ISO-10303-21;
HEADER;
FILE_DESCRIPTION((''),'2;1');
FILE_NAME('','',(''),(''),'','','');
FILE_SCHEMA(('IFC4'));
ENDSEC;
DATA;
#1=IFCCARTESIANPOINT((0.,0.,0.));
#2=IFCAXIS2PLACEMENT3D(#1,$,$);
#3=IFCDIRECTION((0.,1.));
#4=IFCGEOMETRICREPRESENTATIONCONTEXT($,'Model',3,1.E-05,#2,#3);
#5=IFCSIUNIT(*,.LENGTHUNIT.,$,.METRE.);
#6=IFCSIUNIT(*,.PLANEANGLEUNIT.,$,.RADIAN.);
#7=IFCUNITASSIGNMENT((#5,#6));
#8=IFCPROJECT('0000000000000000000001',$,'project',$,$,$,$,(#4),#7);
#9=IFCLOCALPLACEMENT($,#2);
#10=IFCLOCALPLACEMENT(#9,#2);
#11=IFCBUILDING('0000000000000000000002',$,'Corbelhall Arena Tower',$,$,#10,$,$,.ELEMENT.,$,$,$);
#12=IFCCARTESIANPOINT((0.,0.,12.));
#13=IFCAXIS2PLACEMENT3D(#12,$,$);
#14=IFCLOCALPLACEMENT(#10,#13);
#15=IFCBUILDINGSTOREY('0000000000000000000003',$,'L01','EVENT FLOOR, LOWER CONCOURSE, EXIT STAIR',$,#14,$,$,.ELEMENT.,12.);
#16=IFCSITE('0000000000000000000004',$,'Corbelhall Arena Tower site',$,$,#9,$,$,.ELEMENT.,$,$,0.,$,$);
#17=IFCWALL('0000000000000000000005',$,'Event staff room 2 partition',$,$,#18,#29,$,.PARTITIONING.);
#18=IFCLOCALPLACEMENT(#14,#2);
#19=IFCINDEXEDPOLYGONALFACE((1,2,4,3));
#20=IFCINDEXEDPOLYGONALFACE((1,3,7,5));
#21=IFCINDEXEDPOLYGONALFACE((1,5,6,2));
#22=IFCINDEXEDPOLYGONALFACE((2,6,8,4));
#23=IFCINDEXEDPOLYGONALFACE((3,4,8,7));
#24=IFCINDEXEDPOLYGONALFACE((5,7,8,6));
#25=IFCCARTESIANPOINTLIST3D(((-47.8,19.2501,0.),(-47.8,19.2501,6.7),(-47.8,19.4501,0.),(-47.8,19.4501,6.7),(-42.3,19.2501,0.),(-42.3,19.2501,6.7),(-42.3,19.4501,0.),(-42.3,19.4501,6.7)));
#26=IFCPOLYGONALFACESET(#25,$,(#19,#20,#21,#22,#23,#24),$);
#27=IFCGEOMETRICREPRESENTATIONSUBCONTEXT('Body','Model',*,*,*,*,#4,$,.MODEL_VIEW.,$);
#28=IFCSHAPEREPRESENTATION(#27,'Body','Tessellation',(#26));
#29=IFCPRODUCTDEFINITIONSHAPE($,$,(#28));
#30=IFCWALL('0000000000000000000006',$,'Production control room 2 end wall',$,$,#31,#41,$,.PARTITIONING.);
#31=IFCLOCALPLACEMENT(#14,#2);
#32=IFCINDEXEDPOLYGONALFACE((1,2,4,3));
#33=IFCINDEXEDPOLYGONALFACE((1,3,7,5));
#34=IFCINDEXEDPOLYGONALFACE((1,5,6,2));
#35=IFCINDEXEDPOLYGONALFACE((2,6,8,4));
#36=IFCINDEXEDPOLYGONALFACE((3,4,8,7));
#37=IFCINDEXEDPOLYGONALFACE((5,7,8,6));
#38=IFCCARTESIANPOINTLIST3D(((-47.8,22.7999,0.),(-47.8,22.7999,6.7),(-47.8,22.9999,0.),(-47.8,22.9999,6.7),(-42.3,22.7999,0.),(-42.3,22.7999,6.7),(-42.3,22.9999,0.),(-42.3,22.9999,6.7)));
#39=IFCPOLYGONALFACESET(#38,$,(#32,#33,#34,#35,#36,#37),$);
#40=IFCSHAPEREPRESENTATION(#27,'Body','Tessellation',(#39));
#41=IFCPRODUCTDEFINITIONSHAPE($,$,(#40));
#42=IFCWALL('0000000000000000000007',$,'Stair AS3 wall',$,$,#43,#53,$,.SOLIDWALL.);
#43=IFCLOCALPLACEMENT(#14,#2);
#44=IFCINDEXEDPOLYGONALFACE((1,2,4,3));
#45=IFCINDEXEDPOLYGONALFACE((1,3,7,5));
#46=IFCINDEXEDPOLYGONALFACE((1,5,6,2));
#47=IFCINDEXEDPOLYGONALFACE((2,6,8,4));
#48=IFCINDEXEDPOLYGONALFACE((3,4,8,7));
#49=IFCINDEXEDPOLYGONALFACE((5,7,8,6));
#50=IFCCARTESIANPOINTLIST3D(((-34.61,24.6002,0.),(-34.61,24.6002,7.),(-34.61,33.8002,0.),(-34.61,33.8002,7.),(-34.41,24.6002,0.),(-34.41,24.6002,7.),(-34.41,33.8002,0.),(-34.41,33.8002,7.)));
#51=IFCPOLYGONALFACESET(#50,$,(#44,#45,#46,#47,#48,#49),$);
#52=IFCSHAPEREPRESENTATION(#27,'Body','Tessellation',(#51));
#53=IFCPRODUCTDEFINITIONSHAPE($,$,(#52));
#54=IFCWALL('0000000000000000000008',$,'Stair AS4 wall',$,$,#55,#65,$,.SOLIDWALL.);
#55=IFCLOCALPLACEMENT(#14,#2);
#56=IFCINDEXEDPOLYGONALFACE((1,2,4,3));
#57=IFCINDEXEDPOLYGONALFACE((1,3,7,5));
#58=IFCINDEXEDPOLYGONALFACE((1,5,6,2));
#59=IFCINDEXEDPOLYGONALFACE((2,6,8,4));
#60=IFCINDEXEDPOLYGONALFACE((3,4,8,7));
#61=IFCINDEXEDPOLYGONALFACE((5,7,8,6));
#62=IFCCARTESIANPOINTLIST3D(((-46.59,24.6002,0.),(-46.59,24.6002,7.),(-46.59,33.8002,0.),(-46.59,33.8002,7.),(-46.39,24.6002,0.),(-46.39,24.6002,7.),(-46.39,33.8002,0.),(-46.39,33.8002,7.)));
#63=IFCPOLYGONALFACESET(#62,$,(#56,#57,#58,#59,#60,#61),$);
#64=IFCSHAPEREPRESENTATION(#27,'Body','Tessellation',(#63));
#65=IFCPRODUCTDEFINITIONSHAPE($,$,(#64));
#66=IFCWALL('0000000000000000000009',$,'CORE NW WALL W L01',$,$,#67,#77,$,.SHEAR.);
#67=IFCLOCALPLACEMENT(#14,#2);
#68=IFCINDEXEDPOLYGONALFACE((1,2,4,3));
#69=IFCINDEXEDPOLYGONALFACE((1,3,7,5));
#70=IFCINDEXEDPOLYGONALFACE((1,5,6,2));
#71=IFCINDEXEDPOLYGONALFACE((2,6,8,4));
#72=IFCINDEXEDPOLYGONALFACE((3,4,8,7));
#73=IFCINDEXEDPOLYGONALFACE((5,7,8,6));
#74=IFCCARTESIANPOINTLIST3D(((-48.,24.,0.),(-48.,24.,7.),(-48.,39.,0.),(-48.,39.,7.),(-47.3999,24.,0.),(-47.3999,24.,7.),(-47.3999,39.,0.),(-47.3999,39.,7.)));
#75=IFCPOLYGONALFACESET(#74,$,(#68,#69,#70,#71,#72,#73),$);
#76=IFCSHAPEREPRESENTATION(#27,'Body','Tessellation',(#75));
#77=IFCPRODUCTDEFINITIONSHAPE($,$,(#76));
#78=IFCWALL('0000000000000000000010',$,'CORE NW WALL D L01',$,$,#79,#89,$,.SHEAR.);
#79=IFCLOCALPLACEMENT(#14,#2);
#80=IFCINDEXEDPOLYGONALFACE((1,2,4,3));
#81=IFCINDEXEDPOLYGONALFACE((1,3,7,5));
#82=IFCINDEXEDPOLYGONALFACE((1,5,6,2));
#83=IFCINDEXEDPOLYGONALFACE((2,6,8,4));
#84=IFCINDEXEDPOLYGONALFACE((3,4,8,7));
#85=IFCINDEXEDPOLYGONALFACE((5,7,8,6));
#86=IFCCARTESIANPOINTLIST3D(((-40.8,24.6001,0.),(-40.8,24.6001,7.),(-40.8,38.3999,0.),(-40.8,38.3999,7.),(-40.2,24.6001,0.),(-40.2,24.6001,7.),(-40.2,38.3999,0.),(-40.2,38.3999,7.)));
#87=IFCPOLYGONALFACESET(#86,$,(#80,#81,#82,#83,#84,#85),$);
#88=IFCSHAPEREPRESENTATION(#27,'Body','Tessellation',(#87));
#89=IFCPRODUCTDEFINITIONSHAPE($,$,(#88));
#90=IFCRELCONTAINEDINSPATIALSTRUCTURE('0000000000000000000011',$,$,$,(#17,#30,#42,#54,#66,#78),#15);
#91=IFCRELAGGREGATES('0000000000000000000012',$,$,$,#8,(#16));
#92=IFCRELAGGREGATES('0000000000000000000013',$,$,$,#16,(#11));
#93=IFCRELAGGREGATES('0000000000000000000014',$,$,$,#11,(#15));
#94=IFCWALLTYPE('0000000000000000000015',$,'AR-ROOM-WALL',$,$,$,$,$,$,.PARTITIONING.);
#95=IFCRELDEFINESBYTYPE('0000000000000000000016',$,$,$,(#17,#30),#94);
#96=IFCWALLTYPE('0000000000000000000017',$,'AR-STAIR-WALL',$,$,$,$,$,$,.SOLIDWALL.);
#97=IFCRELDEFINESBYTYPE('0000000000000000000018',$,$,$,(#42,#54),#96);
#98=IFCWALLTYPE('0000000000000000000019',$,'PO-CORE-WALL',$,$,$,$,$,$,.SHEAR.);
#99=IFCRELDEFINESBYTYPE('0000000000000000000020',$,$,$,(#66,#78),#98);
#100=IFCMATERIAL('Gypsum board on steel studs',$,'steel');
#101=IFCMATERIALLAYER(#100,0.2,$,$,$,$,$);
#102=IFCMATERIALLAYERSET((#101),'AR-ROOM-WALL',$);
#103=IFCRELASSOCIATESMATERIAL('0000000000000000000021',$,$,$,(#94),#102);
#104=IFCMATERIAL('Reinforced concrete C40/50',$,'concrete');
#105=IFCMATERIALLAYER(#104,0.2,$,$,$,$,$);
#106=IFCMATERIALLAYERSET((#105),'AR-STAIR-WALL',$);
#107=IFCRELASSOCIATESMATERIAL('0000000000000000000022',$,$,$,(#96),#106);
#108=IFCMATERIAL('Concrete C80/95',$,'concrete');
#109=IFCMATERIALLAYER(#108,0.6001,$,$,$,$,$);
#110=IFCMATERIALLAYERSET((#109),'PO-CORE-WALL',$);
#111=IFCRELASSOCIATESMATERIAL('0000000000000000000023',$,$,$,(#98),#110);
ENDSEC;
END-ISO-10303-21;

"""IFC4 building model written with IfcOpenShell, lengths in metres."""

from ifc_helpers import new_model, si_unit, direction, frame, frame_2d, origin, place, context, subcontext, project, spatial, rectangle, extrude, material, layer, layer_set, type_object, element, save


model = new_model("IFC4")

# Units and contexts
model_context = context("Model", 3, precision=1e-05, world=origin(), true_north=direction((0.0, 1.0)))
body_context = subcontext(model_context, "Body", "Model", "MODEL_VIEW")
ifc_project = project(units=[si_unit("LENGTHUNIT", "METRE"), si_unit("PLANEANGLEUNIT", "RADIAN")], contexts=[model_context])

# Site, building, storey
site_placement = place(None, origin())
site = spatial("IfcSite", under=ifc_project, at=site_placement, Name="Corbelhall Arena Tower site", CompositionType="ELEMENT", RefElevation=0.0)
building_placement = place(site_placement, origin())
building = spatial("IfcBuilding", under=site, at=building_placement, Name="Corbelhall Arena Tower", CompositionType="ELEMENT")
storey_placement = place(building_placement, frame((0.0, 0.0, 12.0)))
storey = spatial("IfcBuildingStorey", under=building, at=storey_placement, Name="L01", Description="EVENT FLOOR, LOWER CONCOURSE, EXIT STAIR", CompositionType="ELEMENT", Elevation=12.0)

# Walls
ifc_material_1 = material(Name="Gypsum board on steel studs", Category="steel")
ifc_layer_1 = layer(ifc_material_1, 0.2)
ifc_layer_set_1 = layer_set([ifc_layer_1], Name="AR-ROOM-WALL")
wall_type_1 = type_object("IfcWallType", Name="AR-ROOM-WALL", PredefinedType="PARTITIONING", material=ifc_layer_set_1)
for number, where, z_axis, x_axis, name in (
    (1, (-47.8, 19.3501, 0.0), (0.0, 0.0, 1.0), (1.0, 0.0, 0.0), "Event staff room 2 partition"),
    (2, (-42.3, 22.8999, 0.0), (0.0, 0.0, 1.0), (-1.0, 0.0, 0.0), "Production control room 2 end wall"),
):
    element("IfcWall", number, at=place(storey_placement, frame(where, z_axis=z_axis, x_axis=x_axis)), inside=storey, type_object=wall_type_1, Name=name, PredefinedType="PARTITIONING", context=body_context, shape_type="SweptSolid", body=[
        extrude(rectangle(XDim=5.5, YDim=0.2, at=frame_2d((2.75, 0.0))), origin(), (0.0, 0.0, 1.0), 6.7),
    ])

# Walls
ifc_material_2 = material(Name="Reinforced concrete C40/50", Category="concrete")
ifc_layer_2 = layer(ifc_material_2, 0.2)
ifc_layer_set_2 = layer_set([ifc_layer_2], Name="AR-STAIR-WALL")
wall_type_2 = type_object("IfcWallType", Name="AR-STAIR-WALL", PredefinedType="SOLIDWALL", material=ifc_layer_set_2)
for number, where, z_axis, x_axis, name in (
    (3, (-34.51, 24.6001, 0.0), (0.0, 0.0, 1.0), (0.0, 1.0, 0.0), "Stair AS3 wall"),
    (4, (-46.49, 24.6001, 0.0), (0.0, 0.0, 1.0), (0.0, 1.0, 0.0), "Stair AS4 wall"),
):
    element("IfcWall", number, at=place(storey_placement, frame(where, z_axis=z_axis, x_axis=x_axis)), inside=storey, type_object=wall_type_2, Name=name, PredefinedType="SOLIDWALL", context=body_context, shape_type="SweptSolid", body=[
        extrude(rectangle(XDim=9.2, YDim=0.2, at=frame_2d((4.6001, 0.0))), origin(), (0.0, 0.0, 1.0), 7.0),
    ])

# Shared definitions
ifc_material_3 = material(Name="Concrete C80/95", Category="concrete")
ifc_layer_3 = layer(ifc_material_3, 0.6001)
ifc_layer_set_3 = layer_set([ifc_layer_3], Name="PO-CORE-WALL")
wall_type_3 = type_object("IfcWallType", Name="PO-CORE-WALL", PredefinedType="SHEAR", material=ifc_layer_set_3)

# Wall
wall_1_placement = place(storey_placement, frame((-47.7, 24.0, 0.0), z_axis=(0.0, 0.0, 1.0), x_axis=(0.0, 1.0, 0.0)))
element("IfcWall", 5, at=wall_1_placement, inside=storey, type_object=wall_type_3, Name="CORE NW WALL W L01", PredefinedType="SHEAR", context=body_context, shape_type="SweptSolid", body=[
    extrude(rectangle(XDim=15.0, YDim=0.6001, at=frame_2d((7.5, 0.0))), origin(), (0.0, 0.0, 1.0), 7.0),
])

# Wall
wall_2_placement = place(storey_placement, frame((-40.5, 24.6001, 0.0), z_axis=(0.0, 0.0, 1.0), x_axis=(0.0, 1.0, 0.0)))
element("IfcWall", 6, at=wall_2_placement, inside=storey, type_object=wall_type_3, Name="CORE NW WALL D L01", PredefinedType="SHEAR", context=body_context, shape_type="SweptSolid", body=[
    extrude(rectangle(XDim=13.7998, YDim=0.6001, at=frame_2d((6.8999, 0.0))), origin(), (0.0, 0.0, 1.0), 7.0),
])

save(model, "model.ifc")
